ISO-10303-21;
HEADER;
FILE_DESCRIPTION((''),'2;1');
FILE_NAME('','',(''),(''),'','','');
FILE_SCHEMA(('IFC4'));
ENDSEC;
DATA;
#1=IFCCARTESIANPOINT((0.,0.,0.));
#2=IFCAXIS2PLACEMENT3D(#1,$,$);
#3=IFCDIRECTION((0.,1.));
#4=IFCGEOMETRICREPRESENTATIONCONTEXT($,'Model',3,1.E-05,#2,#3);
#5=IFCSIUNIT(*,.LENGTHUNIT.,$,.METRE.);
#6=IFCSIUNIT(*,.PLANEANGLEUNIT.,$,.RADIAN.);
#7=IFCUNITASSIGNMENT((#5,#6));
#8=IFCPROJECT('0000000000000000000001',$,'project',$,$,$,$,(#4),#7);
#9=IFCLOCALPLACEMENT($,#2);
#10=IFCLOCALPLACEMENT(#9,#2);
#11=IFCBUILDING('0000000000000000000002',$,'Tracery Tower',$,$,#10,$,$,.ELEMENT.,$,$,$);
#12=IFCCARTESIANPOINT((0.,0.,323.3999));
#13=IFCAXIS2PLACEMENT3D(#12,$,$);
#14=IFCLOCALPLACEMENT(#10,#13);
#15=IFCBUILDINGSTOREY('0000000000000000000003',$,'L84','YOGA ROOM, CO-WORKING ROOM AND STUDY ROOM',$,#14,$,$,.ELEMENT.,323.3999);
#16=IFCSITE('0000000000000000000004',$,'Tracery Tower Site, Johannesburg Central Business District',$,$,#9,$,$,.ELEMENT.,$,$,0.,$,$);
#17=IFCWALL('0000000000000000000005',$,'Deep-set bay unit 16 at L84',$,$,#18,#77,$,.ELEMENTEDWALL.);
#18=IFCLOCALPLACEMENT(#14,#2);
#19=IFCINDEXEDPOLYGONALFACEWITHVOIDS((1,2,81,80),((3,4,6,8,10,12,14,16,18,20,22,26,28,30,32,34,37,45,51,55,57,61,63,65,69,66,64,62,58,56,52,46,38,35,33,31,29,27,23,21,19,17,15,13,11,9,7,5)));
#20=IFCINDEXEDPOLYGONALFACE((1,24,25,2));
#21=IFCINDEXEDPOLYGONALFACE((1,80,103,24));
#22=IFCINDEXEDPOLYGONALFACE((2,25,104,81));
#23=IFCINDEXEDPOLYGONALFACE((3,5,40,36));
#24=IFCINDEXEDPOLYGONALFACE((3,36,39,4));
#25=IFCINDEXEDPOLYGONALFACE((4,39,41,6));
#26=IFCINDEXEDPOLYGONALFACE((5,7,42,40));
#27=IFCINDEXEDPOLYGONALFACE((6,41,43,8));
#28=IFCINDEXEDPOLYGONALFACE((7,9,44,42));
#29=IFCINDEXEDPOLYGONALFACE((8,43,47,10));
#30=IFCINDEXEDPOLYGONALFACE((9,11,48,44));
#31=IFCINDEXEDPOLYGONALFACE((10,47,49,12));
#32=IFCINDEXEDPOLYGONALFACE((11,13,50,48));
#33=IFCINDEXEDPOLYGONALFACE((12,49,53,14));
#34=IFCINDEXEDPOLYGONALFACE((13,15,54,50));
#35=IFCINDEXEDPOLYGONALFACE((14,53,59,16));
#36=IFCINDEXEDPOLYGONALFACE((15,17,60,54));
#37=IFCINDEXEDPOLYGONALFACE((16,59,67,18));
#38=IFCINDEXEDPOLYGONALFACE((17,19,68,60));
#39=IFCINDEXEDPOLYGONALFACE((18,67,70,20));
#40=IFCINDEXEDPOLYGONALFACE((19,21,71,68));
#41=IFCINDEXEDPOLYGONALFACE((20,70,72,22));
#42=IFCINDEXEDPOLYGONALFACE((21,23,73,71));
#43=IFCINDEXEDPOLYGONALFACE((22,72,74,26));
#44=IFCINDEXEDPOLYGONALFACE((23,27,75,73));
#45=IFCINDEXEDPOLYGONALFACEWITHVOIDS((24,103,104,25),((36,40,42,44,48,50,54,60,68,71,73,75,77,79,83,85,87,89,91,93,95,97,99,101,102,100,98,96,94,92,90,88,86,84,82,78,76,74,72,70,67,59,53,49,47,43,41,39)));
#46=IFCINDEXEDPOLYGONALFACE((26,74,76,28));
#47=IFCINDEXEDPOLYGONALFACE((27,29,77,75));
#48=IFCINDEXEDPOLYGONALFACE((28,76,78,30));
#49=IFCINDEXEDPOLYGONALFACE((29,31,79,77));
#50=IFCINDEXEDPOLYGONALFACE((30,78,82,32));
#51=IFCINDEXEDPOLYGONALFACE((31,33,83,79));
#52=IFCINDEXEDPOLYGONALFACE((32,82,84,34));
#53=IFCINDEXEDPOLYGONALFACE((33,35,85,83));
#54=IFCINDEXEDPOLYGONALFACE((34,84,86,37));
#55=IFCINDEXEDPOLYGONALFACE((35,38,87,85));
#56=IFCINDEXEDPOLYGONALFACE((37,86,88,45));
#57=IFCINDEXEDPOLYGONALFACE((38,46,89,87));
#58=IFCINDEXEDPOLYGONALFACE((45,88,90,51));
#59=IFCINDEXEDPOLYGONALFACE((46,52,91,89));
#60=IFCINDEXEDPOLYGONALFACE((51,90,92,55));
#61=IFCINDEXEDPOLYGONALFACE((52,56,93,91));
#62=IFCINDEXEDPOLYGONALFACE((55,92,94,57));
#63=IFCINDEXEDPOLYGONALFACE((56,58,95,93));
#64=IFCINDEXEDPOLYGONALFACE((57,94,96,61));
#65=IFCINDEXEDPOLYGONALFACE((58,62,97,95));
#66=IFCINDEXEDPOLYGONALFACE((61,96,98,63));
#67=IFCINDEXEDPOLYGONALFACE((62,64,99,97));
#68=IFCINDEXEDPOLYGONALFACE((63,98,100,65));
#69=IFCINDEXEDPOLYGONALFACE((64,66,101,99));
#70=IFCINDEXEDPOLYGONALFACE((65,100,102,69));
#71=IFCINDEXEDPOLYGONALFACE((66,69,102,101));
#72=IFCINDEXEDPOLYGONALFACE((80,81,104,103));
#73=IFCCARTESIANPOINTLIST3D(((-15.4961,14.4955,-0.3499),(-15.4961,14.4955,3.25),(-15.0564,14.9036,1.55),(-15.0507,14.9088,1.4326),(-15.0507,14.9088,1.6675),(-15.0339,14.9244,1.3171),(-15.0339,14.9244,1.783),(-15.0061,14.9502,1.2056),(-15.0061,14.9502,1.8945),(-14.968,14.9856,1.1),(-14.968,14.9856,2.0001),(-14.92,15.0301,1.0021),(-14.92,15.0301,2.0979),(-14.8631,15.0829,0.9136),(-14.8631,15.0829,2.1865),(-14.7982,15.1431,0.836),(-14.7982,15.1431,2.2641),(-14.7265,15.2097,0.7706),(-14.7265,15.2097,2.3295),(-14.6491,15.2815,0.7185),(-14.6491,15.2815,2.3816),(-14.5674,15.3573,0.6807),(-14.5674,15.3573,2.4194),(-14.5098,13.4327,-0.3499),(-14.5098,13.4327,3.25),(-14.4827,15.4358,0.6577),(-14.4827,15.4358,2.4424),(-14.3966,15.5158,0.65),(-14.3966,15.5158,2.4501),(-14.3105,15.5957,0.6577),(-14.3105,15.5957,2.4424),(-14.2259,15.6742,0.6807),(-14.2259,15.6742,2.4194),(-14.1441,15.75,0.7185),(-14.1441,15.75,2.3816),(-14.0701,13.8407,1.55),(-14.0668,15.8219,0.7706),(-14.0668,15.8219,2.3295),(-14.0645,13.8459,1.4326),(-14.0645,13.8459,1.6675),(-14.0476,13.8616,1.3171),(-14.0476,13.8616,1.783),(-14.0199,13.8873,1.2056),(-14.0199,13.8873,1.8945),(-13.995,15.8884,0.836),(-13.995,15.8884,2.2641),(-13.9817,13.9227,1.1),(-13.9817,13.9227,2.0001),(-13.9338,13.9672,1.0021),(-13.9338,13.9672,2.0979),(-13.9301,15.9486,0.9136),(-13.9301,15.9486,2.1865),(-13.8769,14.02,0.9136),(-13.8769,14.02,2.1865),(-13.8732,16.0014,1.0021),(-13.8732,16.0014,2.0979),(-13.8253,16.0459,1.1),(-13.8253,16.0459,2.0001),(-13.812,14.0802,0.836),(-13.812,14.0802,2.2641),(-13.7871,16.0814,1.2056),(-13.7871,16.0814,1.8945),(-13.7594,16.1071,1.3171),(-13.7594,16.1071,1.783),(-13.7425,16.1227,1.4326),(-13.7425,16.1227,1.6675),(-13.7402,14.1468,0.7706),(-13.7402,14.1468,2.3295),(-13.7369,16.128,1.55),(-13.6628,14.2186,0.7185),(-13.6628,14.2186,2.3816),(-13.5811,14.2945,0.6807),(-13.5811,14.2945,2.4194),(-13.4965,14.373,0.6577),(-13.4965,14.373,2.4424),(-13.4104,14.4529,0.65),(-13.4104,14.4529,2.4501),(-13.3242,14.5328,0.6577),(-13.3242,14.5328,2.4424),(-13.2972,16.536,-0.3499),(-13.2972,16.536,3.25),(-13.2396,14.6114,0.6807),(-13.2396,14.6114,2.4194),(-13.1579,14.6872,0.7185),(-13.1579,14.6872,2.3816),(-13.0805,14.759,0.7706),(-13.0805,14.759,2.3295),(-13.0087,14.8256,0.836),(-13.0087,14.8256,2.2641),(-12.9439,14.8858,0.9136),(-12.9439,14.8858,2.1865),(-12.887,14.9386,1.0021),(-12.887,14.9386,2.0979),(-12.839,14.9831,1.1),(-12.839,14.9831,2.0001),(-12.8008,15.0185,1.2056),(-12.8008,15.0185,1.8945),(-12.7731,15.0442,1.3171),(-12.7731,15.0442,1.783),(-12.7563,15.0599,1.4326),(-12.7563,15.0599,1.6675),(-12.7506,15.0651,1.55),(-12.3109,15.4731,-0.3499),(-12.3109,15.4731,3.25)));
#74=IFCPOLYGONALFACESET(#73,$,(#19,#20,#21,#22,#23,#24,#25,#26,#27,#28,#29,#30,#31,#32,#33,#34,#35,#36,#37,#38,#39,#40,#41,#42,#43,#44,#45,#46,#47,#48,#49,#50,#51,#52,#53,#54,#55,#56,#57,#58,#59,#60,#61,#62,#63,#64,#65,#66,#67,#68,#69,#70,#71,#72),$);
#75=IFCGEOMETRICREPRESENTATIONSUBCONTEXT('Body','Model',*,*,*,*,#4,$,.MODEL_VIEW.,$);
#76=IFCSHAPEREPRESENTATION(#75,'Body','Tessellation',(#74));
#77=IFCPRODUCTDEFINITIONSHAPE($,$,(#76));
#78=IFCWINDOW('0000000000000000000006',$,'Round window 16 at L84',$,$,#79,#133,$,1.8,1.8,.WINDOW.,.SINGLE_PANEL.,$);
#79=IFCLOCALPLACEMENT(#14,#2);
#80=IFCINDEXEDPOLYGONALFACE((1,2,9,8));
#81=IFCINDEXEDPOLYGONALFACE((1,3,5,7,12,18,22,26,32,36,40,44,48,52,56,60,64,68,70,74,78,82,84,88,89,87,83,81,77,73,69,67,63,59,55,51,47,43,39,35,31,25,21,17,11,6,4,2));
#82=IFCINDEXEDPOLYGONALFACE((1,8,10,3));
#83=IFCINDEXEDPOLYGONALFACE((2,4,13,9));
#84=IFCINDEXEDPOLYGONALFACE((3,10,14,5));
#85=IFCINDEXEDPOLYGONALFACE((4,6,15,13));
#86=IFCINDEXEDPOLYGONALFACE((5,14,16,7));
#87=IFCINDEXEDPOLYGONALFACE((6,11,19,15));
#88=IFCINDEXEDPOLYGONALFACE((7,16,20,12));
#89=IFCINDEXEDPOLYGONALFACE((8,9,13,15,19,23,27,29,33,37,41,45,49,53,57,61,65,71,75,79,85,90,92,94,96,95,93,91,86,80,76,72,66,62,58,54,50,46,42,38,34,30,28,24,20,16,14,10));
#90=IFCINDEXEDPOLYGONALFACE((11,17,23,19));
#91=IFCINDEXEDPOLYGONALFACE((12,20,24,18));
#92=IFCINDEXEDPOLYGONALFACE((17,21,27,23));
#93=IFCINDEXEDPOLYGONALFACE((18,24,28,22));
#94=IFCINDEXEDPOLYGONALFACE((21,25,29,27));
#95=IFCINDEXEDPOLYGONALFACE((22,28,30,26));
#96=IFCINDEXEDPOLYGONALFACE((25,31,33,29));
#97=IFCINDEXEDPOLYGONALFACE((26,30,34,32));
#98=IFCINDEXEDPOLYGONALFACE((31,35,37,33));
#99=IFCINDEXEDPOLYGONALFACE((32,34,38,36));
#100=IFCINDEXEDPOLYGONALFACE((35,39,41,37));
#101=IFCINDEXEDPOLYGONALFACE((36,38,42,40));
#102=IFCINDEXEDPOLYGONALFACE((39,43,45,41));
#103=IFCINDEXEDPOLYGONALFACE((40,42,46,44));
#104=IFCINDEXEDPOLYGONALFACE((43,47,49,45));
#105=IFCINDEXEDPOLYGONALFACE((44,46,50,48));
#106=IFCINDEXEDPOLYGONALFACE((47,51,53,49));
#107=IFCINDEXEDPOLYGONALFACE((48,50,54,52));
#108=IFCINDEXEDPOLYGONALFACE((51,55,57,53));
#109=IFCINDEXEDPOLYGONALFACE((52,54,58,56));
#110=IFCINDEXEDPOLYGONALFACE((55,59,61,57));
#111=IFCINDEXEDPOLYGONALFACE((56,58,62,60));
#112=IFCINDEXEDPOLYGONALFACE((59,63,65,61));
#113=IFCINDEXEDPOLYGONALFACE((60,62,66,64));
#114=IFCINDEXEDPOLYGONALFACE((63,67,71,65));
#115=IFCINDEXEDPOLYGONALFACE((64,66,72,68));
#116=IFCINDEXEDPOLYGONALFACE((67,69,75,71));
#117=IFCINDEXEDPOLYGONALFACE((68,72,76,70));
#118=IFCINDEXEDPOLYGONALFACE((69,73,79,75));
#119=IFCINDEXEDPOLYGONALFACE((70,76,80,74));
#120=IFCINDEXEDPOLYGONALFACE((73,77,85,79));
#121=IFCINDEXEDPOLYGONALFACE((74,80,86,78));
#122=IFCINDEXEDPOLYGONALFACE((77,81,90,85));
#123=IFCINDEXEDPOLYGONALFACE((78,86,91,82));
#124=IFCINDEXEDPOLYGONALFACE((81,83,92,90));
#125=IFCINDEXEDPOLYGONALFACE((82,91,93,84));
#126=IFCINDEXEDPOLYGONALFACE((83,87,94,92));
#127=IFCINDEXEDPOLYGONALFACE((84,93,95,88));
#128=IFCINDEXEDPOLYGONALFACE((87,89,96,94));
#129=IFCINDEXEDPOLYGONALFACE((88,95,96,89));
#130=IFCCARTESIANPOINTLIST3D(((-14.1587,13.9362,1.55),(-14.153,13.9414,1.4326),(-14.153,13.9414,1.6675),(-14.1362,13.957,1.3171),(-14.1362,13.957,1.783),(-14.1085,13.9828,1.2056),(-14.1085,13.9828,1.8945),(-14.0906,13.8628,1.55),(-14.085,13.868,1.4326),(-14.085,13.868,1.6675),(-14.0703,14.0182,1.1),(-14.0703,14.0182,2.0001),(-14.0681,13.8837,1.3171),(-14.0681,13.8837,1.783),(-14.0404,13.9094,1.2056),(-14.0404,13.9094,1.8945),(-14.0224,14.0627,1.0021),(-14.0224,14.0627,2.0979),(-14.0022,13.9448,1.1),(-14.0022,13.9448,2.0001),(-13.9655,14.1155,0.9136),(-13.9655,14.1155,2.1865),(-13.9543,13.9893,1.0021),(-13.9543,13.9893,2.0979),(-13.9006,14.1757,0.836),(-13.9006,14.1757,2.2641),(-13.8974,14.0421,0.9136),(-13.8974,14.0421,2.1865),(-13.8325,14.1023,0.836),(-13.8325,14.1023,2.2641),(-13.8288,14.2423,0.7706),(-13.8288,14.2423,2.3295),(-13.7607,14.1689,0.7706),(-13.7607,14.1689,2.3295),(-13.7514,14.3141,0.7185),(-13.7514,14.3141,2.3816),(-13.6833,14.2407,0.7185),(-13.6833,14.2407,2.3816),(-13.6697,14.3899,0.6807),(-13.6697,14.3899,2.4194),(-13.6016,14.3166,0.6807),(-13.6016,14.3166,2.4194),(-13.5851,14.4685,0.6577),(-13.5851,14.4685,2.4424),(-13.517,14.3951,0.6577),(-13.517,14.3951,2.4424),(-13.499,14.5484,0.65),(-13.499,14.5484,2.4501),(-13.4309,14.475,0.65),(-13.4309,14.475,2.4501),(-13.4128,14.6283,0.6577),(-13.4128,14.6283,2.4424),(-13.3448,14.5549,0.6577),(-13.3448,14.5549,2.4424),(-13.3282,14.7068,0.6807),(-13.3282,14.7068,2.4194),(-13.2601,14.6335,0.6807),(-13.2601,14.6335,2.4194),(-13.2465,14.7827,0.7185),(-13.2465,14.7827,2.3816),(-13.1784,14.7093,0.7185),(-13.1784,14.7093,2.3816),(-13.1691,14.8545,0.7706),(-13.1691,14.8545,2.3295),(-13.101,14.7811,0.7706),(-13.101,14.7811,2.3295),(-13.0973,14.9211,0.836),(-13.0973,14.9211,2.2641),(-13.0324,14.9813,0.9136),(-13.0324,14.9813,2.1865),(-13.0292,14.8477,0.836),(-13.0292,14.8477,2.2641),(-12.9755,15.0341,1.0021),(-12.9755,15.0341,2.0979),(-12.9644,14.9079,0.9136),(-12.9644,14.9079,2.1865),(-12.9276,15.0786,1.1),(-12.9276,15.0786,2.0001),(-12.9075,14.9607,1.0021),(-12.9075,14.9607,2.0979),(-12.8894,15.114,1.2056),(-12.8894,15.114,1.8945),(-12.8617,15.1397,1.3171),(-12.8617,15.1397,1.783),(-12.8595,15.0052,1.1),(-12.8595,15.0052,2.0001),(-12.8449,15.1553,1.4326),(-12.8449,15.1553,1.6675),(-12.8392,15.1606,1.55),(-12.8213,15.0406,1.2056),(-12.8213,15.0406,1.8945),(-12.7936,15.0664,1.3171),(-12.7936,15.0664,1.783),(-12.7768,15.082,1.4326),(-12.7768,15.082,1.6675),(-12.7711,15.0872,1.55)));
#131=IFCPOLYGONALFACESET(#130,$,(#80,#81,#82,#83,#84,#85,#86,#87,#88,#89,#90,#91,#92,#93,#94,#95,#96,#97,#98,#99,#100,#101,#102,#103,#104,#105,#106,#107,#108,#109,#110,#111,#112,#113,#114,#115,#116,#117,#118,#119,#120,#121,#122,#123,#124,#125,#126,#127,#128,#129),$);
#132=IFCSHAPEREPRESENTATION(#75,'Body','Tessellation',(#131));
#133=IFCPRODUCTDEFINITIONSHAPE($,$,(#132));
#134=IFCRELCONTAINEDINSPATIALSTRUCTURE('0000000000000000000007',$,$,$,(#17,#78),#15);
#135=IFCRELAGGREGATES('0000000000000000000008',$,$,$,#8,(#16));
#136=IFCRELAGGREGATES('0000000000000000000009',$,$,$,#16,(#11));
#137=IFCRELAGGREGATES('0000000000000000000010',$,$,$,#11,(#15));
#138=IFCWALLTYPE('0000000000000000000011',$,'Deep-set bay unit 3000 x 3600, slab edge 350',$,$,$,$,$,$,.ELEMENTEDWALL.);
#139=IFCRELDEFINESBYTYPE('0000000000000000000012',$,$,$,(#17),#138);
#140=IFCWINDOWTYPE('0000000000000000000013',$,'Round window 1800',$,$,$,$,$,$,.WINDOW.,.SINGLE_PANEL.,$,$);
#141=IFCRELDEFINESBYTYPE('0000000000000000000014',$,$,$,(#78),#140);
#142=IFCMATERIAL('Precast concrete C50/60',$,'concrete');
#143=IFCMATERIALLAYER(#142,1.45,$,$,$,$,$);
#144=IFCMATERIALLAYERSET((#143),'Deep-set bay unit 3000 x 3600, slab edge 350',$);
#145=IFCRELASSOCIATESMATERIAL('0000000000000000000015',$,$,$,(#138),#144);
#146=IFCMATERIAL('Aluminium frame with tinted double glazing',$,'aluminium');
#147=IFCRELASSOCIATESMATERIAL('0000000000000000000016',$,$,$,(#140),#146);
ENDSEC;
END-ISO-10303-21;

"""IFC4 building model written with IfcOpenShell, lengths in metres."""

from ifc_helpers import new_model, si_unit, direction, frame, frame_2d, origin, origin_2d, place, context, subcontext, project, spatial, rectangle, circle, extrude, material, layer, layer_set, type_object, element, fill, save


model = new_model("IFC4")

# Units and contexts
model_context = context("Model", 3, precision=1e-05, world=origin(), true_north=direction((0.0, 1.0)))
body_context = subcontext(model_context, "Body", "Model", "MODEL_VIEW")
ifc_project = project(units=[si_unit("LENGTHUNIT", "METRE"), si_unit("PLANEANGLEUNIT", "RADIAN")], contexts=[model_context])

# Site, building, storey
site_placement = place(None, origin())
site = spatial("IfcSite", under=ifc_project, at=site_placement, Name="Tracery Tower Site, Johannesburg Central Business District", CompositionType="ELEMENT", RefElevation=0.0)
building_placement = place(site_placement, origin())
building = spatial("IfcBuilding", under=site, at=building_placement, Name="Tracery Tower", CompositionType="ELEMENT")
storey_placement = place(building_placement, frame((0.0, 0.0, 323.3999)))
storey = spatial("IfcBuildingStorey", under=building, at=storey_placement, Name="L84", Description="YOGA ROOM, CO-WORKING ROOM AND STUDY ROOM", CompositionType="ELEMENT", Elevation=323.3999)

# Wall, opening, window
ifc_material_1 = material(Name="Precast concrete C50/60", Category="concrete")
ifc_layer_1 = layer(ifc_material_1, 1.45)
ifc_layer_set_1 = layer_set([ifc_layer_1], Name="Deep-set bay unit 3000 x 3600, slab edge 350")
wall_type_1 = type_object("IfcWallType", Name="Deep-set bay unit 3000 x 3600, slab edge 350", PredefinedType="ELEMENTEDWALL", material=ifc_layer_set_1)
ifc_material_2 = material(Name="Aluminium frame with tinted double glazing", Category="aluminium")
window_type = type_object("IfcWindowType", Name="Round window 1800", PartitioningType="SINGLE_PANEL", PredefinedType="WINDOW", material=ifc_material_2)
wall_1_placement = place(storey_placement, frame((-12.804, 16.0046, -0.3499), z_axis=(0.0, 0.0, 1.0), x_axis=(-0.733022, -0.680204, 0.0)))
wall_1 = element("IfcWall", 1, at=wall_1_placement, inside=storey, type_object=wall_type_1, Name="Deep-set bay unit 16 at L84", PredefinedType="ELEMENTEDWALL", context=body_context, shape_type="SweptSolid", body=[
    extrude(rectangle(XDim=2.9998, YDim=1.45, at=frame_2d((1.5, 0.0))), origin(), (0.0, 0.0, 1.0), 3.5999),
])
opening_1_placement = place(wall_1_placement, frame((1.5, 0.0, 1.8999)))
opening_1 = element("IfcOpeningElement", 2, at=opening_1_placement, cuts=wall_1, PredefinedType="OPENING", context=body_context, shape_type="SweptSolid", body=[
    extrude(circle(Radius=0.9, at=origin_2d()), frame((0.0, 0.7349, 0.0), z_axis=(0.0, -1.0, 0.0), x_axis=(1.0, 0.0, 0.0)), (0.0, 0.0, 1.0), 1.47),
])
window_1_placement = place(opening_1_placement, origin())
window_1 = element("IfcWindow", 3, at=window_1_placement, inside=storey, type_object=window_type, Name="Round window 16 at L84", OverallHeight=1.8, OverallWidth=1.8, PartitioningType="SINGLE_PANEL", PredefinedType="WINDOW", context=body_context, shape_type="SweptSolid", body=[
    extrude(circle(Radius=0.9, at=origin_2d()), frame((0.0, 0.6948, 0.0), z_axis=(0.0, -1.0, 0.0), x_axis=(1.0, 0.0, 0.0)), (0.0, 0.0, 1.0), 0.1001),
])
fill(opening_1, window_1)

save(model, "model.ifc")
